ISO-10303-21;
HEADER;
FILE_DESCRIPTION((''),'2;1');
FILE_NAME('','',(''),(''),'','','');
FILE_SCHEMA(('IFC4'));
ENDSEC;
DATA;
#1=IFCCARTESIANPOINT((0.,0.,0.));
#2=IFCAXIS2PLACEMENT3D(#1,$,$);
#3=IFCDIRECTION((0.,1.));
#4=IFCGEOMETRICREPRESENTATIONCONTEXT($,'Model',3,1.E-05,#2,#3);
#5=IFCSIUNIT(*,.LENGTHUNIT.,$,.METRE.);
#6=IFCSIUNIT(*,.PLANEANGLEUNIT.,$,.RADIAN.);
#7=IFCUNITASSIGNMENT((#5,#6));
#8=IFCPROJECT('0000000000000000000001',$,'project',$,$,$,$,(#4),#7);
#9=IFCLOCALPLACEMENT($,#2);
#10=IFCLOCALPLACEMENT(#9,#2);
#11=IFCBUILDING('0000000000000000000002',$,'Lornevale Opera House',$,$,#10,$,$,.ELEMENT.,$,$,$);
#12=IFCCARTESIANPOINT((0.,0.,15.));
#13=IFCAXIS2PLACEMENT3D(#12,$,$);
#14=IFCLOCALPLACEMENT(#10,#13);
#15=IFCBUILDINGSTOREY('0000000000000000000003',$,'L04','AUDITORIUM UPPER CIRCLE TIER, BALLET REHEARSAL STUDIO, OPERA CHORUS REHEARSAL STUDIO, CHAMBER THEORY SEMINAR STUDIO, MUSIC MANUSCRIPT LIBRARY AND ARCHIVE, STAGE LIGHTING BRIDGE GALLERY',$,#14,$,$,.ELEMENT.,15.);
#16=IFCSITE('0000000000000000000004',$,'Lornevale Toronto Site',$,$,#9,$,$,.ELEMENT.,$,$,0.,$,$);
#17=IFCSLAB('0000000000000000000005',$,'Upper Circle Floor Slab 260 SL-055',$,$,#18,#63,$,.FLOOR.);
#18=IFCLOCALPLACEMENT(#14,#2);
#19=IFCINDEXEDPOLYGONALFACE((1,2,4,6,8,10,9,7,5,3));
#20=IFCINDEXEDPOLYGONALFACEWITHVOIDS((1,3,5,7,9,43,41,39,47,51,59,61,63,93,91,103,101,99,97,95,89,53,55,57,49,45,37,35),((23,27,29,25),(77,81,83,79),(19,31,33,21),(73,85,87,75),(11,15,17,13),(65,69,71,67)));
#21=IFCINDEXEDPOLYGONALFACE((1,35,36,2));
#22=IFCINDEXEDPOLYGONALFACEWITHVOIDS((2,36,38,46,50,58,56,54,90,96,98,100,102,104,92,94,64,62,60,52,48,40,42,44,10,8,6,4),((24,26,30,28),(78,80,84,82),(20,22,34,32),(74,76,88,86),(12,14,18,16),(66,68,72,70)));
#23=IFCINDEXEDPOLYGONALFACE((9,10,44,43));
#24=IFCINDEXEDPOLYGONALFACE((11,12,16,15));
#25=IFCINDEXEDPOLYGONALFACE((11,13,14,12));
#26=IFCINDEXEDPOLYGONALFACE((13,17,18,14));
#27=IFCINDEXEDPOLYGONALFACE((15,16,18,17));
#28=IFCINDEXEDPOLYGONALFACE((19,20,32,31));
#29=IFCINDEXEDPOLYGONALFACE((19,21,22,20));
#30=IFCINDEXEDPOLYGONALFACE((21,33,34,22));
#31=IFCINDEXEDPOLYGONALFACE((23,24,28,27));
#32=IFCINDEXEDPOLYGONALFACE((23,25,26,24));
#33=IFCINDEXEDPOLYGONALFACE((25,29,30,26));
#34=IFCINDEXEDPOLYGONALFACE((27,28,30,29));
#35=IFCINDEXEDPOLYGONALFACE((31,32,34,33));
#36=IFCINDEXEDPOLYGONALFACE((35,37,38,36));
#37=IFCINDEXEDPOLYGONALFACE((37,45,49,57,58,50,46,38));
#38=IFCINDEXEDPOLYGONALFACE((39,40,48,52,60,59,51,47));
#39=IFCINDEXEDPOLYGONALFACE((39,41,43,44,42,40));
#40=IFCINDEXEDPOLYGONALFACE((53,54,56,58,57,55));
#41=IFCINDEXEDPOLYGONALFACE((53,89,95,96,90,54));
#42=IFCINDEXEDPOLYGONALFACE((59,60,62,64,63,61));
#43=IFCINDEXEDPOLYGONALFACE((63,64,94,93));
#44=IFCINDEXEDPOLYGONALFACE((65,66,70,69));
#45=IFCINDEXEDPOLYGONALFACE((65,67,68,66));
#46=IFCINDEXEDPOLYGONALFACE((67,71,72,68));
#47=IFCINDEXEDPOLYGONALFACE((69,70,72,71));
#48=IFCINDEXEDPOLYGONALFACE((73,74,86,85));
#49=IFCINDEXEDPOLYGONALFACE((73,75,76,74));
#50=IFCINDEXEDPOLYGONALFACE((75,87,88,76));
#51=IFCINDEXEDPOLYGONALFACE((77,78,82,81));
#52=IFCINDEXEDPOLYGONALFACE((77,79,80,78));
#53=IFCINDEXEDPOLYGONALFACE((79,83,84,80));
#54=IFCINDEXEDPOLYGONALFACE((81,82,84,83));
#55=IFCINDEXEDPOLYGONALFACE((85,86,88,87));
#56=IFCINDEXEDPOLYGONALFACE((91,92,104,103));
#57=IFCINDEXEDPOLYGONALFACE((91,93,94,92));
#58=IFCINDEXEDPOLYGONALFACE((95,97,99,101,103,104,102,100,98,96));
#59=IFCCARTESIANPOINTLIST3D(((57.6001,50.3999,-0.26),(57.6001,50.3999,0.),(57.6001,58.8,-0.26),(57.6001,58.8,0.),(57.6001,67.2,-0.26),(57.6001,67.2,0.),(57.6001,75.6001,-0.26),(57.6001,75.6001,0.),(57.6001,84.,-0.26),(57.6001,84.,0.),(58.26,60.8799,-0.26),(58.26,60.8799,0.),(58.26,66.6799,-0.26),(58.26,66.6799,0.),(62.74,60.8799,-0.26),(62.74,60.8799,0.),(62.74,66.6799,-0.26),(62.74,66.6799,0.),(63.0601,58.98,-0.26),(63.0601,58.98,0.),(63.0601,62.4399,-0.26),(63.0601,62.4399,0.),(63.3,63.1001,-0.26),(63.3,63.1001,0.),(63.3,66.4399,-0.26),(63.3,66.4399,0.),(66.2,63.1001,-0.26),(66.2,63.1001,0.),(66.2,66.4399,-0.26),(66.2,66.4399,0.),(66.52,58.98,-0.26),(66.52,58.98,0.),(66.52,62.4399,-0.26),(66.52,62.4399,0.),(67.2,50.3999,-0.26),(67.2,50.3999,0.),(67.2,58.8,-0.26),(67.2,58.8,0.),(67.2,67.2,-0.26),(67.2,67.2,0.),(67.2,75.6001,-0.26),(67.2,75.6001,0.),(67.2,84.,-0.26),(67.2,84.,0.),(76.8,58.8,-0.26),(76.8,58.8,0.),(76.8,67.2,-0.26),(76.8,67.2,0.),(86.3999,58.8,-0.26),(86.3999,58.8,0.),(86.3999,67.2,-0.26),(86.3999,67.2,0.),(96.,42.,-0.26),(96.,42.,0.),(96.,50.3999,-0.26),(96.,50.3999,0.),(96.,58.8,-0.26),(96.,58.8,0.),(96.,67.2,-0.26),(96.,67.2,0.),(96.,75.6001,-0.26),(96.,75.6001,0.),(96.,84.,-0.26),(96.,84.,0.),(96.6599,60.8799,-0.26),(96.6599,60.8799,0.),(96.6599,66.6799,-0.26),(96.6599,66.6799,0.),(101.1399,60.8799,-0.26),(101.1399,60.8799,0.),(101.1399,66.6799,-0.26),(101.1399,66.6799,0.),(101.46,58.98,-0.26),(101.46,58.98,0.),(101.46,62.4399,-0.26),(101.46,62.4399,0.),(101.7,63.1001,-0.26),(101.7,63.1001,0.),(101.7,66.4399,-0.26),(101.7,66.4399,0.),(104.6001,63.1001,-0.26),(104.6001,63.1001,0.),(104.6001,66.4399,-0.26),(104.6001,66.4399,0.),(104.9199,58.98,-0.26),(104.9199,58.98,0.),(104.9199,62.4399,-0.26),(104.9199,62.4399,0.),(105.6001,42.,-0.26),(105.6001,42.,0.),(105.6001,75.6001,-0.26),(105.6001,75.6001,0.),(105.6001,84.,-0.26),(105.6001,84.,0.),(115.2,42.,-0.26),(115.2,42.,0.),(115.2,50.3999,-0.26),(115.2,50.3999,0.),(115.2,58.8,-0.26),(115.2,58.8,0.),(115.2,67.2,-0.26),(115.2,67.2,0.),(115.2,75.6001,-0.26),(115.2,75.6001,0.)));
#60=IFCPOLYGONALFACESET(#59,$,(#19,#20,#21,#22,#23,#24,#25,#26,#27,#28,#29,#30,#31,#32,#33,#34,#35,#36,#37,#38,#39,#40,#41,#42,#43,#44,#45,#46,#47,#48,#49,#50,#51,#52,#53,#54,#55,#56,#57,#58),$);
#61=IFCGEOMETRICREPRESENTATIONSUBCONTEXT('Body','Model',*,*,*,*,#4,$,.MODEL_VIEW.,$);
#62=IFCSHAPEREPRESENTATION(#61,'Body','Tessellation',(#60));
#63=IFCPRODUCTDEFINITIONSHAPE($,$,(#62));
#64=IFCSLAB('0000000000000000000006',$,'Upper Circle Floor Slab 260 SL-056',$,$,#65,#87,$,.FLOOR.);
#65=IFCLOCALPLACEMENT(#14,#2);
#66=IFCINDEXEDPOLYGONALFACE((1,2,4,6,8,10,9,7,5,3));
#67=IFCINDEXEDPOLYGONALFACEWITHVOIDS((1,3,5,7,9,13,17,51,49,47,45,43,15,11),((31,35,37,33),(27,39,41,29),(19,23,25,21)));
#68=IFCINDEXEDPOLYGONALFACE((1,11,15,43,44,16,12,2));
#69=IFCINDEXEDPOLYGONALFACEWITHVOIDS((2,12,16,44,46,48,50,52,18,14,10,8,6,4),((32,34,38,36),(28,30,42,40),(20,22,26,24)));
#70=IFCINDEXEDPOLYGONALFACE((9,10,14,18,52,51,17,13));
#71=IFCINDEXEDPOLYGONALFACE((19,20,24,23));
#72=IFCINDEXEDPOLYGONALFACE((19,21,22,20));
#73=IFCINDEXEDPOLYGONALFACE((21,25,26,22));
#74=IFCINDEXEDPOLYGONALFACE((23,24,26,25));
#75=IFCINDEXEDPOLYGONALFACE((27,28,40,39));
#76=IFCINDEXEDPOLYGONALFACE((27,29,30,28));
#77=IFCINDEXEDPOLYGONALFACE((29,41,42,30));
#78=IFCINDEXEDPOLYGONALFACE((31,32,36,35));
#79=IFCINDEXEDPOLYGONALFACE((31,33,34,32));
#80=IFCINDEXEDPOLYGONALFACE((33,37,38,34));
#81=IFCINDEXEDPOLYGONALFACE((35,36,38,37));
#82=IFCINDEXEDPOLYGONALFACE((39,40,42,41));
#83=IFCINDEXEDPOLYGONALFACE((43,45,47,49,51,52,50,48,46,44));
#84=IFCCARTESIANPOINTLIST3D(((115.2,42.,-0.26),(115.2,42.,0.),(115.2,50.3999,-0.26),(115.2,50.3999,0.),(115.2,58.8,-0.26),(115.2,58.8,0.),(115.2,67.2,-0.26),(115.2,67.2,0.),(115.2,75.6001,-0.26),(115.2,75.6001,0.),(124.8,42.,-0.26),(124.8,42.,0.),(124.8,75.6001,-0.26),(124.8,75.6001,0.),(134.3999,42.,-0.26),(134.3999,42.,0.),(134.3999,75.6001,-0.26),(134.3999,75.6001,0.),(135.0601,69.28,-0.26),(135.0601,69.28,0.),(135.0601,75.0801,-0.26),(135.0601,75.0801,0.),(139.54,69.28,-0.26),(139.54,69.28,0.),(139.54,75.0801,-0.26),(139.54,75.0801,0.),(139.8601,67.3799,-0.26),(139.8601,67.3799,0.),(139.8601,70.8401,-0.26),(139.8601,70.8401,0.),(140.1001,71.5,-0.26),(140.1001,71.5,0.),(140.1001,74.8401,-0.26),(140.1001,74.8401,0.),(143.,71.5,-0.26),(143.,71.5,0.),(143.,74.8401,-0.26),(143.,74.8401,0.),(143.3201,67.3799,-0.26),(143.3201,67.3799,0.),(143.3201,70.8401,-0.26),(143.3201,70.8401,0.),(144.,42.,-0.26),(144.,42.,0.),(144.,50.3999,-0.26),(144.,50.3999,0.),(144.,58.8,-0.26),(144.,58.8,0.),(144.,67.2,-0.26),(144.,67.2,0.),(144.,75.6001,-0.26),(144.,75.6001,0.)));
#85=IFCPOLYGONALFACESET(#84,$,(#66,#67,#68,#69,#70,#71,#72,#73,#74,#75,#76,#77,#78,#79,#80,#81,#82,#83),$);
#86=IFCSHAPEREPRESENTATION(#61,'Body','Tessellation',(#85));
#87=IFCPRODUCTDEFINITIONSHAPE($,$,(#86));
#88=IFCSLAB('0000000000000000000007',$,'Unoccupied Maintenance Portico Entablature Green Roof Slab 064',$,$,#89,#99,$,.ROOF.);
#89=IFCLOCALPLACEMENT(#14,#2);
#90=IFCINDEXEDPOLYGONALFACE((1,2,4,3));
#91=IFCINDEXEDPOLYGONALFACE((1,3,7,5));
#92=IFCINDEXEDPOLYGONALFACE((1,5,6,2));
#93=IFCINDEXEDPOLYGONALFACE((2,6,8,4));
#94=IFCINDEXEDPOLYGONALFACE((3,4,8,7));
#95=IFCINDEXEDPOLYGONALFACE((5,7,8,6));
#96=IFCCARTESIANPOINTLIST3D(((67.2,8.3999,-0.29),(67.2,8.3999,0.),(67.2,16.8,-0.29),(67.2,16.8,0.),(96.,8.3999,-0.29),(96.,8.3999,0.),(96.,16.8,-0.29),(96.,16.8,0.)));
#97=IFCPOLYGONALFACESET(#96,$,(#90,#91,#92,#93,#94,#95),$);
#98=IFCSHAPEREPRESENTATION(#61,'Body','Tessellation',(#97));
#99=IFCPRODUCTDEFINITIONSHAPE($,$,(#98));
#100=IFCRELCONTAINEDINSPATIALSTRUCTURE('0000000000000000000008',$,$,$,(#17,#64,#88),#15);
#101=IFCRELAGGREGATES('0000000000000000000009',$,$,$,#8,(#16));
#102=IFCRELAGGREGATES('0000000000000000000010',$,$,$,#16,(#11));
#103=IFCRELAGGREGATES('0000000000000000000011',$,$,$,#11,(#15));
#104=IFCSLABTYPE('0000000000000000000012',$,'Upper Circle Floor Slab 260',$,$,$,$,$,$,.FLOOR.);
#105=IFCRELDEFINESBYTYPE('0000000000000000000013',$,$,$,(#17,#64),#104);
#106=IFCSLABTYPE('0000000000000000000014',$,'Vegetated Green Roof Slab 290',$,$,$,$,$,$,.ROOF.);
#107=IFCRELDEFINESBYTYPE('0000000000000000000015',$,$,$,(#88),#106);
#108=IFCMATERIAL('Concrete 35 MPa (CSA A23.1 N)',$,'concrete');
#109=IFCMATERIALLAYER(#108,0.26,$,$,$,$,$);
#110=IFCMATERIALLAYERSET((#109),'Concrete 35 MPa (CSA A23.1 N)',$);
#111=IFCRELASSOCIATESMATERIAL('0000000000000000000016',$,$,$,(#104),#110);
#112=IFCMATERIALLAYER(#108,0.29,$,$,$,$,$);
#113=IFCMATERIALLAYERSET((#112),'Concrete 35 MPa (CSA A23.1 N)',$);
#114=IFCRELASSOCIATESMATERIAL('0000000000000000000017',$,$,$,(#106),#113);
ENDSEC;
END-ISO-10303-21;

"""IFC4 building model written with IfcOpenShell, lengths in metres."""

from ifc_helpers import new_model, si_unit, direction, frame, origin, place, context, subcontext, project, spatial, polyline, outline, extrude, material, layer, layer_set, type_object, element, save


model = new_model("IFC4")

# Units and contexts
model_context = context("Model", 3, precision=1e-05, world=origin(), true_north=direction((0.0, 1.0)))
body_context = subcontext(model_context, "Body", "Model", "MODEL_VIEW")
ifc_project = project(units=[si_unit("LENGTHUNIT", "METRE"), si_unit("PLANEANGLEUNIT", "RADIAN")], contexts=[model_context])

# Site, building, storey
site_placement = place(None, origin())
site = spatial("IfcSite", under=ifc_project, at=site_placement, Name="Lornevale Toronto Site", CompositionType="ELEMENT", RefElevation=0.0)
building_placement = place(site_placement, origin())
building = spatial("IfcBuilding", under=site, at=building_placement, Name="Lornevale Opera House", CompositionType="ELEMENT")
storey_placement = place(building_placement, frame((0.0, 0.0, 15.0)))
storey = spatial("IfcBuildingStorey", under=building, at=storey_placement, Name="L04", Description="AUDITORIUM UPPER CIRCLE TIER, BALLET REHEARSAL STUDIO, OPERA CHORUS REHEARSAL STUDIO, CHAMBER THEORY SEMINAR STUDIO, MUSIC MANUSCRIPT LIBRARY AND ARCHIVE, STAGE LIGHTING BRIDGE GALLERY", CompositionType="ELEMENT", Elevation=15.0)

# Slabs
ifc_material_1 = material(Name="Concrete 35 MPa (CSA A23.1 N)", Category="concrete")
ifc_layer_1 = layer(ifc_material_1, 0.26)
ifc_layer_set_1 = layer_set([ifc_layer_1], Name="Concrete 35 MPa (CSA A23.1 N)")
slab_type_1 = type_object("IfcSlabType", Name="Upper Circle Floor Slab 260", PredefinedType="FLOOR", material=ifc_layer_set_1)
slab_1_placement = place(storey_placement, frame((0.0, 0.0, -0.26)))
element("IfcSlab", 1, at=slab_1_placement, inside=storey, type_object=slab_type_1, Name="Upper Circle Floor Slab 260 SL-055", PredefinedType="FLOOR", context=body_context, shape_type="SweptSolid", body=[
    extrude(outline(polyline([(96.0, 42.0), (96.0, 50.3999), (96.0, 58.8), (86.3999, 58.8), (76.8, 58.8), (67.2, 58.8), (67.2, 50.3999), (57.6001, 50.3999), (57.6001, 58.8), (57.6001, 67.2), (57.6001, 75.6001), (57.6001, 84.0), (67.2, 84.0), (67.2, 75.6001), (67.2, 67.2), (76.8, 67.2), (86.3999, 67.2), (96.0, 67.2), (96.0, 75.6001), (96.0, 84.0), (105.6001, 84.0), (105.6001, 75.6001), (115.2, 75.6001), (115.2, 67.2), (115.2, 58.8), (115.2, 50.3999), (115.2, 42.0), (105.6001, 42.0), (96.0, 42.0)]), holes=[polyline([(63.0601, 58.98), (66.52, 58.98), (66.52, 62.4399), (63.0601, 62.4399), (63.0601, 58.98)]), polyline([(58.26, 60.8799), (62.74, 60.8799), (62.74, 66.6799), (58.26, 66.6799), (58.26, 60.8799)]), polyline([(101.46, 58.98), (104.9199, 58.98), (104.9199, 62.4399), (101.46, 62.4399), (101.46, 58.98)]), polyline([(96.6599, 60.8799), (101.1399, 60.8799), (101.1399, 66.6799), (96.6599, 66.6799), (96.6599, 60.8799)]), polyline([(63.3, 63.1001), (66.2, 63.1001), (66.2, 66.4399), (63.3, 66.4399), (63.3, 63.1001)]), polyline([(101.7, 63.1001), (104.6001, 63.1001), (104.6001, 66.4399), (101.7, 66.4399), (101.7, 63.1001)])]), origin(), (0.0, 0.0, 1.0), 0.26),
])
slab_2_placement = place(storey_placement, frame((0.0, 0.0, -0.26)))
element("IfcSlab", 2, at=slab_2_placement, inside=storey, type_object=slab_type_1, Name="Upper Circle Floor Slab 260 SL-056", PredefinedType="FLOOR", context=body_context, shape_type="SweptSolid", body=[
    extrude(outline(polyline([(115.2, 58.8), (115.2, 67.2), (115.2, 75.6001), (124.8, 75.6001), (134.3999, 75.6001), (144.0, 75.6001), (144.0, 67.2), (144.0, 58.8), (144.0, 50.3999), (144.0, 42.0), (134.3999, 42.0), (124.8, 42.0), (115.2, 42.0), (115.2, 50.3999), (115.2, 58.8)]), holes=[polyline([(139.8601, 67.3799), (143.3201, 67.3799), (143.3201, 70.8401), (139.8601, 70.8401), (139.8601, 67.3799)]), polyline([(135.0601, 69.28), (139.54, 69.28), (139.54, 75.0801), (135.0601, 75.0801), (135.0601, 69.28)]), polyline([(140.1001, 71.5), (143.0, 71.5), (143.0, 74.8401), (140.1001, 74.8401), (140.1001, 71.5)])]), origin(), (0.0, 0.0, 1.0), 0.26),
])
ifc_layer_2 = layer(ifc_material_1, 0.29)
ifc_layer_set_2 = layer_set([ifc_layer_2], Name="Concrete 35 MPa (CSA A23.1 N)")
slab_type_2 = type_object("IfcSlabType", Name="Vegetated Green Roof Slab 290", PredefinedType="ROOF", material=ifc_layer_set_2)
slab_3_placement = place(storey_placement, frame((0.0, 0.0, -0.29)))
element("IfcSlab", 3, at=slab_3_placement, inside=storey, type_object=slab_type_2, Name="Unoccupied Maintenance Portico Entablature Green Roof Slab 064", PredefinedType="ROOF", context=body_context, shape_type="SweptSolid", body=[
    extrude(outline(polyline([(67.2, 8.3999), (96.0, 8.3999), (96.0, 16.8), (67.2, 16.8), (67.2, 8.3999)])), origin(), (0.0, 0.0, 1.0), 0.29),
])

save(model, "model.ifc")
